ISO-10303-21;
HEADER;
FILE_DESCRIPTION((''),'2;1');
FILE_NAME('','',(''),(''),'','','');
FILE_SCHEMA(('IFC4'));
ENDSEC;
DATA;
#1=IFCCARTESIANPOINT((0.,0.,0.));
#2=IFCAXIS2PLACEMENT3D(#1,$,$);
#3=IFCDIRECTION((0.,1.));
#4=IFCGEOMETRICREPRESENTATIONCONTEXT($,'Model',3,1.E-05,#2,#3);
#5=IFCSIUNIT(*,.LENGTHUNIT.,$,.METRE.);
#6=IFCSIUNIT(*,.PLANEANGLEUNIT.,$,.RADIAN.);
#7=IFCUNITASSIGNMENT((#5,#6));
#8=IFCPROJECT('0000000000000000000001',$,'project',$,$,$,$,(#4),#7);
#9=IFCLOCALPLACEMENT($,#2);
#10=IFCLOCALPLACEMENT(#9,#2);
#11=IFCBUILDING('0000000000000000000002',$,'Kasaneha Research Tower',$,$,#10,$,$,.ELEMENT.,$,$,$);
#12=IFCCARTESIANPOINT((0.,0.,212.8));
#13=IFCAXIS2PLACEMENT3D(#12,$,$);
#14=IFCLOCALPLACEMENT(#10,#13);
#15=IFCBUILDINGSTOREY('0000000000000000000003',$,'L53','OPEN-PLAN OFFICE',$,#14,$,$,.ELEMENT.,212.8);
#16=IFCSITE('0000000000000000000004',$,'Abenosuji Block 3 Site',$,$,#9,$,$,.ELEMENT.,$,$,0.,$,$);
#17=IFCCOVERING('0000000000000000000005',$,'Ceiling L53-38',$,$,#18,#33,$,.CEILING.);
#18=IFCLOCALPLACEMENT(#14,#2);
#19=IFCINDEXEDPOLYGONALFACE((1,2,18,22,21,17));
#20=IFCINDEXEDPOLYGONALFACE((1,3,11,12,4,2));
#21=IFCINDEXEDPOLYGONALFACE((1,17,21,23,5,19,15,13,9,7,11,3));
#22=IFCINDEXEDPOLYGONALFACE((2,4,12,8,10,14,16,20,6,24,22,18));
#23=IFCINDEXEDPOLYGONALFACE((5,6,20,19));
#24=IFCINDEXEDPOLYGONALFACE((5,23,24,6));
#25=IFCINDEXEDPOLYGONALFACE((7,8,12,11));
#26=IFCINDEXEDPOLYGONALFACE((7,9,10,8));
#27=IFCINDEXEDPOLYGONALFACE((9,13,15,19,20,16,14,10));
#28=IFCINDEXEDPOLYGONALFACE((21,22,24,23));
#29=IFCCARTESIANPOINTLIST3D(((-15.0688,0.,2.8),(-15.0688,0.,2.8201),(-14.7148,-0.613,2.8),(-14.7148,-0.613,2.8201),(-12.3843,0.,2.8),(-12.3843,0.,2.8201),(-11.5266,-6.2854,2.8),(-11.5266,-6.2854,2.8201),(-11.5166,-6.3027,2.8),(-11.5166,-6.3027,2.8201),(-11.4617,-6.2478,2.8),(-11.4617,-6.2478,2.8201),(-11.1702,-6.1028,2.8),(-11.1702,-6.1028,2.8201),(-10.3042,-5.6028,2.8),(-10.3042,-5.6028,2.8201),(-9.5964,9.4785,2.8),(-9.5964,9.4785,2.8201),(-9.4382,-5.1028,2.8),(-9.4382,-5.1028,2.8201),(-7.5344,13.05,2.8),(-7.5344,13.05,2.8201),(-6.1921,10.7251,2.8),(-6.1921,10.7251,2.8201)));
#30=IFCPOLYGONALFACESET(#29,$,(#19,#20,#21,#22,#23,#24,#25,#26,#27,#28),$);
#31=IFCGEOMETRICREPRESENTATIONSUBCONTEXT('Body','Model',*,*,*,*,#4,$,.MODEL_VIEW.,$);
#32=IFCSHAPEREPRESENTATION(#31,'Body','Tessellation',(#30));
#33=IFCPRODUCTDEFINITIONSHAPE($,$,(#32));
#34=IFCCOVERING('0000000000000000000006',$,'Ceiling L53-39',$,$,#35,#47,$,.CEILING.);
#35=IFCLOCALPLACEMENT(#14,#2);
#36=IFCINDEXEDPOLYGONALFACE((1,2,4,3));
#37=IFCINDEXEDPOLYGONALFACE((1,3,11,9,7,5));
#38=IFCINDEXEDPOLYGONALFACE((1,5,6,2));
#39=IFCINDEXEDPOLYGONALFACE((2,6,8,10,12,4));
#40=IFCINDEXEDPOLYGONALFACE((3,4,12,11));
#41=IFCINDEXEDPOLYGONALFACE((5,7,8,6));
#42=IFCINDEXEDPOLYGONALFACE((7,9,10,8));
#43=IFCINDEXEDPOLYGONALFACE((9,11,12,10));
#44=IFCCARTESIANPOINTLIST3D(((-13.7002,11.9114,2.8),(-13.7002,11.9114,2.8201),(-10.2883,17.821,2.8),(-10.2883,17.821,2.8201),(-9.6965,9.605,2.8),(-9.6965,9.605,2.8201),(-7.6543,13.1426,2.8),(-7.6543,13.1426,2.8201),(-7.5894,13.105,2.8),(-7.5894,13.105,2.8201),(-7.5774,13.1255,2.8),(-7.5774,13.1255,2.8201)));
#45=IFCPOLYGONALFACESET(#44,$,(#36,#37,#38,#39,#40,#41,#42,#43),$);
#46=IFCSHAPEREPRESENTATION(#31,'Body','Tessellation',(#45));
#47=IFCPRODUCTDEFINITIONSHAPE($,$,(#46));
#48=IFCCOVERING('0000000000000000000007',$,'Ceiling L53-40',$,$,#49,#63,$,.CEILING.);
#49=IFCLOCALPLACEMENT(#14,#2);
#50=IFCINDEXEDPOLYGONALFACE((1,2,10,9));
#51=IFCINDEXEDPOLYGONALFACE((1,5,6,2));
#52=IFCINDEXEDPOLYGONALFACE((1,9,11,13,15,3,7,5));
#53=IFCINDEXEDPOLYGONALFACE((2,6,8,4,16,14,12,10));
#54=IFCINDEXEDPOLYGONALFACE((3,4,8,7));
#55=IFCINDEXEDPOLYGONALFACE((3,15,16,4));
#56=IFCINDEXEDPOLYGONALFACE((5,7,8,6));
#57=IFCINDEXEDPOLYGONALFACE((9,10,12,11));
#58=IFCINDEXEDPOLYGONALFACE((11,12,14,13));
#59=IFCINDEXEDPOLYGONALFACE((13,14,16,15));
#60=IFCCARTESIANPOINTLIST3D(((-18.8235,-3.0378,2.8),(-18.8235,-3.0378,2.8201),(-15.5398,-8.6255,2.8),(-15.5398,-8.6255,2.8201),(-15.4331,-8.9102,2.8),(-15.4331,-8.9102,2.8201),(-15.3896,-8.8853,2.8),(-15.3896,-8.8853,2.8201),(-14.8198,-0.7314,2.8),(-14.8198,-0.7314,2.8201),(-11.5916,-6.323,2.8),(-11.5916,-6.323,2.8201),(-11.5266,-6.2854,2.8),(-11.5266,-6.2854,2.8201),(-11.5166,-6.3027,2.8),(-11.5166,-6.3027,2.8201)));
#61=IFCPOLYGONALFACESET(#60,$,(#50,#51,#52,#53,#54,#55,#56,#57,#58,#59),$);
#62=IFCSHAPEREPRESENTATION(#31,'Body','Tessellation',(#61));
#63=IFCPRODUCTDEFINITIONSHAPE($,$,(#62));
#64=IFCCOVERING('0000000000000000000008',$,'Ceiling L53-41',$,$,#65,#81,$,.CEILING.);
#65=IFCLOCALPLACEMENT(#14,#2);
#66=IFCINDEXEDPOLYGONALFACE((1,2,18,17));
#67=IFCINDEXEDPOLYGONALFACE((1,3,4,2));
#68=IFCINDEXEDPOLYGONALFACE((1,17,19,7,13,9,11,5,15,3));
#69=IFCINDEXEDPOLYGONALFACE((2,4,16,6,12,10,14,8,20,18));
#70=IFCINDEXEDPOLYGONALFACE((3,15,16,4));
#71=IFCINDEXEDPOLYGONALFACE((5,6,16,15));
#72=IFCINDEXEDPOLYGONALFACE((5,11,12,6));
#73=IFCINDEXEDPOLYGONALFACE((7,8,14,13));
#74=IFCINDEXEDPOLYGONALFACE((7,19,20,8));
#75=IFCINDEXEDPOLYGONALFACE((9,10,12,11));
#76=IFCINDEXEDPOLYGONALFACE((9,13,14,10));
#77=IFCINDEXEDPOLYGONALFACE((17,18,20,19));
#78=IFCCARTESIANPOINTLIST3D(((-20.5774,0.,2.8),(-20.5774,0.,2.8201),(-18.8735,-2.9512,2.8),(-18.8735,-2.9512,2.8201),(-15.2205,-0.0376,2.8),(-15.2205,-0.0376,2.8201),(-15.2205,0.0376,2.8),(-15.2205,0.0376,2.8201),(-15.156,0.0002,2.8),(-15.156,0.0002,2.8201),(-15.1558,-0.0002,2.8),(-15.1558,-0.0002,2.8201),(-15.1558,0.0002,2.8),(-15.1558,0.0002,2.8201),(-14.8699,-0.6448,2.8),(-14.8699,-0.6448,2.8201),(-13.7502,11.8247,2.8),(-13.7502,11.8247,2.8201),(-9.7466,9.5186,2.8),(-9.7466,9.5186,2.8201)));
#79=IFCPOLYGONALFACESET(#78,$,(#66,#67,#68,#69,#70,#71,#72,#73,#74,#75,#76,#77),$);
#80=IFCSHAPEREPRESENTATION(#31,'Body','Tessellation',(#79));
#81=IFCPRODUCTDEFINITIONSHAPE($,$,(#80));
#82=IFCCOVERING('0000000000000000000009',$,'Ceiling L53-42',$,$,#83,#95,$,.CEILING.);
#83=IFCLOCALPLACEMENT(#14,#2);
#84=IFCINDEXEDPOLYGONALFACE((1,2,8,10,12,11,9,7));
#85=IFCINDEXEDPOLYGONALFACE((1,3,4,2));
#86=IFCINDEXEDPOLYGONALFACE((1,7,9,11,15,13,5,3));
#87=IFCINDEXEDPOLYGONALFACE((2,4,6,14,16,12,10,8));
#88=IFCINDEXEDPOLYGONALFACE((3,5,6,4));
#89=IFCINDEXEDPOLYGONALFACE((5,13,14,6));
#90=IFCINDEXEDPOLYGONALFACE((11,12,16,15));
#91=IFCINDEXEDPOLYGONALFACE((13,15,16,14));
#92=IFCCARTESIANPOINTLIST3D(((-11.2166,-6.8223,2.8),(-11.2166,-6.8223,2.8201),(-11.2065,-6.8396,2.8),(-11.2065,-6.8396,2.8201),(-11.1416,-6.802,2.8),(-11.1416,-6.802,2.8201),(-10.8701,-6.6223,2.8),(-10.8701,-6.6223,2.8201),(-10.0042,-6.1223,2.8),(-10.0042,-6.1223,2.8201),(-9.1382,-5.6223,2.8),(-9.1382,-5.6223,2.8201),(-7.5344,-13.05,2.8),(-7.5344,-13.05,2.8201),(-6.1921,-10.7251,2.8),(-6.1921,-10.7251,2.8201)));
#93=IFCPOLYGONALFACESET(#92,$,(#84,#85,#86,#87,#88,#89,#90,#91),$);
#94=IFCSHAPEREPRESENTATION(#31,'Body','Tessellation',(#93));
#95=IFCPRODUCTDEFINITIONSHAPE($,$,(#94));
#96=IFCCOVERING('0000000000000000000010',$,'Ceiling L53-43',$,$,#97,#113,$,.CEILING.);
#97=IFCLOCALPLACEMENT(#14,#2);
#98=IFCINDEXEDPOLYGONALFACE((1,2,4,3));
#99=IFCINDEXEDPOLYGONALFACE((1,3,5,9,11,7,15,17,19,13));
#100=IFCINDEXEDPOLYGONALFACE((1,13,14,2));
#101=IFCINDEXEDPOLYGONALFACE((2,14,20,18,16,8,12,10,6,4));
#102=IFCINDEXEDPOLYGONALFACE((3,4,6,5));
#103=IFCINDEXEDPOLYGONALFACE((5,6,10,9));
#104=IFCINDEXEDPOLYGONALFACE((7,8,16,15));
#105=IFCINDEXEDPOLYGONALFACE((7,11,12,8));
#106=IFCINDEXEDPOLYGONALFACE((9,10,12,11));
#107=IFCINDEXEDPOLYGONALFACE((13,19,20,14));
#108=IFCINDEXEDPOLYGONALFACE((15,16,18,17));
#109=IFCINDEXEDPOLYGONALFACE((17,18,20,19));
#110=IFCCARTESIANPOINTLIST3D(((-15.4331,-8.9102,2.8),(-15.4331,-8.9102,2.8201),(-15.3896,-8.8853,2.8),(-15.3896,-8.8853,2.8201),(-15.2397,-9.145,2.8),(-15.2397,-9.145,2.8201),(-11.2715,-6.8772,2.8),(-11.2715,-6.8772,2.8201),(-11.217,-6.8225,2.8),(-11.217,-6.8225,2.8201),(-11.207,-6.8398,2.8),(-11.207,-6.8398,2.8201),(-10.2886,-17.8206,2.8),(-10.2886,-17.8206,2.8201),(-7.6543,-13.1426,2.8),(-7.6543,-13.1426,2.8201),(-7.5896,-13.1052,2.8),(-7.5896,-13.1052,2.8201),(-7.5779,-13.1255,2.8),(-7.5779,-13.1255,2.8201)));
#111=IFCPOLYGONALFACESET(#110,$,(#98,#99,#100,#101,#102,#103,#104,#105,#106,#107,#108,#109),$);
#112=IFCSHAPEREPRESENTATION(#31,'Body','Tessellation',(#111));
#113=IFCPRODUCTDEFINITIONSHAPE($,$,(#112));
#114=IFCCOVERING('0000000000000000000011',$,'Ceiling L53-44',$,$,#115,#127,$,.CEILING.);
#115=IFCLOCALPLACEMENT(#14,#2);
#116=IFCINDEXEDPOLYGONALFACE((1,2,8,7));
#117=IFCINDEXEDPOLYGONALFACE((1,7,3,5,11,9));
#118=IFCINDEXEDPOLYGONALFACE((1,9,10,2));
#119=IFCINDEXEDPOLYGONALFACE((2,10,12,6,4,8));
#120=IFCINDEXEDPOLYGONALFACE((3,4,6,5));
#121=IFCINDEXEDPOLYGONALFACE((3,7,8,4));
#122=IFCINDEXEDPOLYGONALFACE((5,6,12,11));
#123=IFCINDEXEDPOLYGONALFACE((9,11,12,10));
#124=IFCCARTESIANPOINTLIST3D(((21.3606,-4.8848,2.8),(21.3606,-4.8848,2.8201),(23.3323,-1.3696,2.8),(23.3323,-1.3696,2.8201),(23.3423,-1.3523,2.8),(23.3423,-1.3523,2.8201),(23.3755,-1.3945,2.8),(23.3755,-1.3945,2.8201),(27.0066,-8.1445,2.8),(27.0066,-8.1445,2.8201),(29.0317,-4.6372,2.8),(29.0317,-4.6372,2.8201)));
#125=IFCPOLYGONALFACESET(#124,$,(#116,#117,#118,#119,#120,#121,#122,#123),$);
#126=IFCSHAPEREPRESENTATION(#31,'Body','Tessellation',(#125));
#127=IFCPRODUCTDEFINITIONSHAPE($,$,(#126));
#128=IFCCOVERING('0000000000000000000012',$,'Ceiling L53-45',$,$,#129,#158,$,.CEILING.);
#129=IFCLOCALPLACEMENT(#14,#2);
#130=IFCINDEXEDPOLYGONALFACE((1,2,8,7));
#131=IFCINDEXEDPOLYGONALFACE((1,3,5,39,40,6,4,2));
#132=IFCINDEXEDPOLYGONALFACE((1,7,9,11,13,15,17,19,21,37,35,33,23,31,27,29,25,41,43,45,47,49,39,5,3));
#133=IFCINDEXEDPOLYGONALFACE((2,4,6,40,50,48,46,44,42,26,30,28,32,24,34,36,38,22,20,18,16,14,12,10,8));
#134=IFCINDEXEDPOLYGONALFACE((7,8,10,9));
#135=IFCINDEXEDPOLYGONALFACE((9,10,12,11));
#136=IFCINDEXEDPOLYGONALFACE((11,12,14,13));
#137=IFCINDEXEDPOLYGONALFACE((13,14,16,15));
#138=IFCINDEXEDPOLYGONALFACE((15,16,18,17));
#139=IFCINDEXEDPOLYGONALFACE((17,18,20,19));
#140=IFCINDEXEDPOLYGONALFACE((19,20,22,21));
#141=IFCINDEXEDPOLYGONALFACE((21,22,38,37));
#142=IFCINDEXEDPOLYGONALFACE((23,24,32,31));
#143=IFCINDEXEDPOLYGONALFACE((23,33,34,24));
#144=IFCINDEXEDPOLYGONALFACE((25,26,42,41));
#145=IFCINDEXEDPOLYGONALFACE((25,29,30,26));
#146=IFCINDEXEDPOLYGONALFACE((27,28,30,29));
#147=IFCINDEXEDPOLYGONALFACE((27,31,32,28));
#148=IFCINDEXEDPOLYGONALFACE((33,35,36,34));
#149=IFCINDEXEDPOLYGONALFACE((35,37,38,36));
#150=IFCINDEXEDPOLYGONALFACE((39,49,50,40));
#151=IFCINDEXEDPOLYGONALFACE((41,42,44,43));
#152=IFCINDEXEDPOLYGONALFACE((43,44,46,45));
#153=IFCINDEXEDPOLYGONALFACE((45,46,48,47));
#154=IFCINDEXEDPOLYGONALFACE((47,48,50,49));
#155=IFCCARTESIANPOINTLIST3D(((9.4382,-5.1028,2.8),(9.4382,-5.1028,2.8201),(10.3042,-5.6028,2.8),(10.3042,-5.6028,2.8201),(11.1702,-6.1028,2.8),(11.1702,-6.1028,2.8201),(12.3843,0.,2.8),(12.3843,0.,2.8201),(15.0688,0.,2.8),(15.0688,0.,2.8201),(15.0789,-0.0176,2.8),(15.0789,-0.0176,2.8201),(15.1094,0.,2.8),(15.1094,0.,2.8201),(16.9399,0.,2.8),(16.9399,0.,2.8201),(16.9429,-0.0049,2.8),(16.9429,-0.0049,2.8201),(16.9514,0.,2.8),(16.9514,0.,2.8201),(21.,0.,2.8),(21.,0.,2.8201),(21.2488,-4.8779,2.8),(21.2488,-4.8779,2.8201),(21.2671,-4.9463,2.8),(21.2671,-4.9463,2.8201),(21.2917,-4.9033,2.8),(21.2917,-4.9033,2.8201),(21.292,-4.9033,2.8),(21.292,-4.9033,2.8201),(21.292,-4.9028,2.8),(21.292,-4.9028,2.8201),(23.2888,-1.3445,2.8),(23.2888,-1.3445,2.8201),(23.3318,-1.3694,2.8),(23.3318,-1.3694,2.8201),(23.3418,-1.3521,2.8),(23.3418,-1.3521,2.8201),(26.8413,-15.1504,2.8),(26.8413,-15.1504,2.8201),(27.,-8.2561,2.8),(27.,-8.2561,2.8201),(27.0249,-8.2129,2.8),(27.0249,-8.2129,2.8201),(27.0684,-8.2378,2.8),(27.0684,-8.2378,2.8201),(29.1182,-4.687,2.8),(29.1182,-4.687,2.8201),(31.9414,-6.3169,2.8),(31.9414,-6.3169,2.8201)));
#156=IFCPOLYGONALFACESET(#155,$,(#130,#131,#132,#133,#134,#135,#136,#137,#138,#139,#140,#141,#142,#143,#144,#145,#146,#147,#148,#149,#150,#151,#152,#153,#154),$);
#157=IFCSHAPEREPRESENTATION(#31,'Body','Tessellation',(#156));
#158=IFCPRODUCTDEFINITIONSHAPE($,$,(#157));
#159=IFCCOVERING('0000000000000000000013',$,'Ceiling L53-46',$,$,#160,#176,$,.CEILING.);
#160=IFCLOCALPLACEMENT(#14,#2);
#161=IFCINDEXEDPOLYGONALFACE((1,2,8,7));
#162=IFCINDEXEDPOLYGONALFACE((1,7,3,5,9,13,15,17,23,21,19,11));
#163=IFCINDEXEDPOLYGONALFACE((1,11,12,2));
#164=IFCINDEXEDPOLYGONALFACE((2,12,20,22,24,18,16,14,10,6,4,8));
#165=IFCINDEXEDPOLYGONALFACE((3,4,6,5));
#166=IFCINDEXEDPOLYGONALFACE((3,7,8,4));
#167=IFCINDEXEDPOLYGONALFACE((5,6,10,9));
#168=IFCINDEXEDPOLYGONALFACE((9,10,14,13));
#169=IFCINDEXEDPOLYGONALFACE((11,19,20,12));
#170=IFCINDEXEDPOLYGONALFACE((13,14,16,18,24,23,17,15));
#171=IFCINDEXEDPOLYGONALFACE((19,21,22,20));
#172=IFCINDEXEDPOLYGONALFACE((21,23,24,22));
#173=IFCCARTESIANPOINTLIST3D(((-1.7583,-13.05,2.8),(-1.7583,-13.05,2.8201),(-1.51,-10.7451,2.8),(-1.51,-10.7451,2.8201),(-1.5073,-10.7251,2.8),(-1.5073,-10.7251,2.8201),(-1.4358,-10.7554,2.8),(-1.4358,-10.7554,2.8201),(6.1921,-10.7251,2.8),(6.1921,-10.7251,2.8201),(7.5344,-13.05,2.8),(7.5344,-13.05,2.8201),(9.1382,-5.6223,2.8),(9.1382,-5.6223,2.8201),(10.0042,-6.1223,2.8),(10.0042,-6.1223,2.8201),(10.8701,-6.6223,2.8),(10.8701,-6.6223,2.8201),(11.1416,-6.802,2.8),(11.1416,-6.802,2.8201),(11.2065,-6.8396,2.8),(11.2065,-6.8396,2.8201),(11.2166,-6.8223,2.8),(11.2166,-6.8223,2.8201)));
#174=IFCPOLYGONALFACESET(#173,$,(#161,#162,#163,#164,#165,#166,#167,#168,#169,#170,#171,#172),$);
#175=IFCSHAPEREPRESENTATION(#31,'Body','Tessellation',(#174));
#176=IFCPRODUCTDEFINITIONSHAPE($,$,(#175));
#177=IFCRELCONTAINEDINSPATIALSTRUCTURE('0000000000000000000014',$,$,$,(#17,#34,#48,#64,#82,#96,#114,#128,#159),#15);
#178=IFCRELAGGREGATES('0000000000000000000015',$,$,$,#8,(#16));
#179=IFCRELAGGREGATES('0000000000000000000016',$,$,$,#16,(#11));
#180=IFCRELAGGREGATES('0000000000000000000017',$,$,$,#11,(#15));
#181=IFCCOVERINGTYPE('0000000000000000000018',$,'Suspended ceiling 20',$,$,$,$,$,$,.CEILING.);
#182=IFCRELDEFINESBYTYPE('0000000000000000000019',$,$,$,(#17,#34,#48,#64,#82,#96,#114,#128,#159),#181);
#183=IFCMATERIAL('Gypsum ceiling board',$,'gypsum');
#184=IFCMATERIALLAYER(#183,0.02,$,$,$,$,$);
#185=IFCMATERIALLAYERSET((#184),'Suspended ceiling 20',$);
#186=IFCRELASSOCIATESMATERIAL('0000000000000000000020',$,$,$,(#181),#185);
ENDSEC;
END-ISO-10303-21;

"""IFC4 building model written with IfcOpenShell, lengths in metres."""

from ifc_helpers import new_model, si_unit, direction, frame, origin, place, context, subcontext, project, spatial, polyline, outline, extrude, material, layer, layer_set, type_object, element, save


model = new_model("IFC4")

# Units and contexts
model_context = context("Model", 3, precision=1e-05, world=origin(), true_north=direction((0.0, 1.0)))
body_context = subcontext(model_context, "Body", "Model", "MODEL_VIEW")
ifc_project = project(units=[si_unit("LENGTHUNIT", "METRE"), si_unit("PLANEANGLEUNIT", "RADIAN")], contexts=[model_context])

# Site, building, storey
site_placement = place(None, origin())
site = spatial("IfcSite", under=ifc_project, at=site_placement, Name="Abenosuji Block 3 Site", CompositionType="ELEMENT", RefElevation=0.0)
building_placement = place(site_placement, origin())
building = spatial("IfcBuilding", under=site, at=building_placement, Name="Kasaneha Research Tower", CompositionType="ELEMENT")
storey_placement = place(building_placement, frame((0.0, 0.0, 212.8)))
storey = spatial("IfcBuildingStorey", under=building, at=storey_placement, Name="L53", Description="OPEN-PLAN OFFICE", CompositionType="ELEMENT", Elevation=212.8)

# Coverings
ifc_material_1 = material(Name="Gypsum ceiling board", Category="gypsum")
ifc_layer_1 = layer(ifc_material_1, 0.02)
ifc_layer_set_1 = layer_set([ifc_layer_1], Name="Suspended ceiling 20")
covering_type_1 = type_object("IfcCoveringType", Name="Suspended ceiling 20", PredefinedType="CEILING", material=ifc_layer_set_1)
covering_1_placement = place(storey_placement, frame((0.0, 0.0, 2.8)))
element("IfcCovering", 1, at=covering_1_placement, inside=storey, type_object=covering_type_1, Name="Ceiling L53-38", PredefinedType="CEILING", context=body_context, shape_type="SweptSolid", body=[
    extrude(outline(polyline([(-12.3843, 0.0), (-9.4382, -5.1028), (-10.3042, -5.6028), (-10.3042, -5.6028), (-11.1702, -6.1028), (-11.1702, -6.1028), (-11.5166, -6.3027), (-11.5266, -6.2854), (-11.4617, -6.2478), (-14.7148, -0.613), (-14.7148, -0.613), (-15.0688, 0.0), (-9.5964, 9.4785), (-9.5964, 9.4785), (-7.5344, 13.05), (-7.5344, 13.05), (-6.1921, 10.7251), (-12.3843, 0.0)])), origin(), (0.0, 0.0, 1.0), 0.02),
])
covering_2_placement = place(storey_placement, frame((0.0, 0.0, 2.8)))
element("IfcCovering", 2, at=covering_2_placement, inside=storey, type_object=covering_type_1, Name="Ceiling L53-39", PredefinedType="CEILING", context=body_context, shape_type="SweptSolid", body=[
    extrude(outline(polyline([(-7.5774, 13.1255), (-7.5894, 13.105), (-7.6543, 13.1426), (-9.6965, 9.605), (-13.7002, 11.9114), (-10.2883, 17.821), (-7.5774, 13.1255)])), origin(), (0.0, 0.0, 1.0), 0.02),
])
covering_3_placement = place(storey_placement, frame((0.0, 0.0, 2.8)))
element("IfcCovering", 3, at=covering_3_placement, inside=storey, type_object=covering_type_1, Name="Ceiling L53-40", PredefinedType="CEILING", context=body_context, shape_type="SweptSolid", body=[
    extrude(outline(polyline([(-15.5398, -8.6255), (-15.3896, -8.8853), (-15.4331, -8.9102), (-18.8235, -3.0378), (-14.8198, -0.7314), (-11.5916, -6.323), (-11.5266, -6.2854), (-11.5166, -6.3027), (-15.5398, -8.6255), (-15.5398, -8.6255), (-15.5398, -8.6255)])), origin(), (0.0, 0.0, 1.0), 0.02),
])
covering_4_placement = place(storey_placement, frame((0.0, 0.0, 2.8)))
element("IfcCovering", 4, at=covering_4_placement, inside=storey, type_object=covering_type_1, Name="Ceiling L53-41", PredefinedType="CEILING", context=body_context, shape_type="SweptSolid", body=[
    extrude(outline(polyline([(-15.156, 0.0002), (-15.1558, -0.0002), (-15.2205, -0.0376), (-14.8699, -0.6448), (-18.8735, -2.9512), (-20.5774, 0.0), (-13.7502, 11.8247), (-9.7466, 9.5186), (-15.2205, 0.0376), (-15.1558, 0.0002), (-15.156, 0.0002)])), origin(), (0.0, 0.0, 1.0), 0.02),
])
covering_5_placement = place(storey_placement, frame((0.0, 0.0, 2.8)))
element("IfcCovering", 5, at=covering_5_placement, inside=storey, type_object=covering_type_1, Name="Ceiling L53-42", PredefinedType="CEILING", context=body_context, shape_type="SweptSolid", body=[
    extrude(outline(polyline([(-10.8701, -6.6223), (-10.0042, -6.1223), (-10.0042, -6.1223), (-9.1382, -5.6223), (-6.1921, -10.7251), (-7.5344, -13.05), (-11.1416, -6.802), (-11.2065, -6.8396), (-11.2166, -6.8223), (-10.8701, -6.6223), (-10.8701, -6.6223)])), origin(), (0.0, 0.0, 1.0), 0.02),
])
covering_6_placement = place(storey_placement, frame((0.0, 0.0, 2.8)))
element("IfcCovering", 6, at=covering_6_placement, inside=storey, type_object=covering_type_1, Name="Ceiling L53-43", PredefinedType="CEILING", context=body_context, shape_type="SweptSolid", body=[
    extrude(outline(polyline([(-11.207, -6.8398), (-11.2715, -6.8772), (-7.6543, -13.1426), (-7.5896, -13.1052), (-7.5779, -13.1255), (-10.2886, -17.8206), (-15.4331, -8.9102), (-15.3896, -8.8853), (-15.2397, -9.145), (-15.2397, -9.145), (-15.2397, -9.145), (-11.217, -6.8225), (-11.207, -6.8398)])), origin(), (0.0, 0.0, 1.0), 0.02),
])
covering_7_placement = place(storey_placement, frame((0.0, 0.0, 2.8)))
element("IfcCovering", 7, at=covering_7_placement, inside=storey, type_object=covering_type_1, Name="Ceiling L53-44", PredefinedType="CEILING", context=body_context, shape_type="SweptSolid", body=[
    extrude(outline(polyline([(29.0317, -4.6372), (27.0066, -8.1445), (21.3606, -4.8848), (23.3755, -1.3945), (23.3323, -1.3696), (23.3423, -1.3523), (29.0317, -4.6372)])), origin(), (0.0, 0.0, 1.0), 0.02),
])
covering_8_placement = place(storey_placement, frame((0.0, 0.0, 2.8)))
element("IfcCovering", 8, at=covering_8_placement, inside=storey, type_object=covering_type_1, Name="Ceiling L53-45", PredefinedType="CEILING", context=body_context, shape_type="SweptSolid", body=[
    extrude(outline(polyline([(10.3042, -5.6028), (10.3042, -5.6028), (9.4382, -5.1028), (12.3843, 0.0), (15.0688, 0.0), (15.0789, -0.0176), (15.1094, 0.0), (16.9399, 0.0), (16.9429, -0.0049), (16.9514, 0.0), (21.0, 0.0), (23.3418, -1.3521), (23.3318, -1.3694), (23.2888, -1.3445), (21.2488, -4.8779), (21.292, -4.9028), (21.2917, -4.9033), (21.292, -4.9033), (21.2671, -4.9463), (27.0, -8.2561), (27.0249, -8.2129), (27.0684, -8.2378), (29.1182, -4.687), (31.9414, -6.3169), (26.8413, -15.1504), (11.1702, -6.1028), (11.1702, -6.1028), (10.3042, -5.6028)])), origin(), (0.0, 0.0, 1.0), 0.02),
])
covering_9_placement = place(storey_placement, frame((0.0, 0.0, 2.8)))
element("IfcCovering", 9, at=covering_9_placement, inside=storey, type_object=covering_type_1, Name="Ceiling L53-46", PredefinedType="CEILING", context=body_context, shape_type="SweptSolid", body=[
    extrude(outline(polyline([(9.1382, -5.6223), (10.0042, -6.1223), (10.0042, -6.1223), (10.8701, -6.6223), (10.8701, -6.6223), (11.2166, -6.8223), (11.2065, -6.8396), (11.1416, -6.802), (7.5344, -13.05), (-1.7583, -13.05), (-1.4358, -10.7554), (-1.51, -10.7451), (-1.5073, -10.7251), (6.1921, -10.7251), (9.1382, -5.6223)])), origin(), (0.0, 0.0, 1.0), 0.02),
])

save(model, "model.ifc")
